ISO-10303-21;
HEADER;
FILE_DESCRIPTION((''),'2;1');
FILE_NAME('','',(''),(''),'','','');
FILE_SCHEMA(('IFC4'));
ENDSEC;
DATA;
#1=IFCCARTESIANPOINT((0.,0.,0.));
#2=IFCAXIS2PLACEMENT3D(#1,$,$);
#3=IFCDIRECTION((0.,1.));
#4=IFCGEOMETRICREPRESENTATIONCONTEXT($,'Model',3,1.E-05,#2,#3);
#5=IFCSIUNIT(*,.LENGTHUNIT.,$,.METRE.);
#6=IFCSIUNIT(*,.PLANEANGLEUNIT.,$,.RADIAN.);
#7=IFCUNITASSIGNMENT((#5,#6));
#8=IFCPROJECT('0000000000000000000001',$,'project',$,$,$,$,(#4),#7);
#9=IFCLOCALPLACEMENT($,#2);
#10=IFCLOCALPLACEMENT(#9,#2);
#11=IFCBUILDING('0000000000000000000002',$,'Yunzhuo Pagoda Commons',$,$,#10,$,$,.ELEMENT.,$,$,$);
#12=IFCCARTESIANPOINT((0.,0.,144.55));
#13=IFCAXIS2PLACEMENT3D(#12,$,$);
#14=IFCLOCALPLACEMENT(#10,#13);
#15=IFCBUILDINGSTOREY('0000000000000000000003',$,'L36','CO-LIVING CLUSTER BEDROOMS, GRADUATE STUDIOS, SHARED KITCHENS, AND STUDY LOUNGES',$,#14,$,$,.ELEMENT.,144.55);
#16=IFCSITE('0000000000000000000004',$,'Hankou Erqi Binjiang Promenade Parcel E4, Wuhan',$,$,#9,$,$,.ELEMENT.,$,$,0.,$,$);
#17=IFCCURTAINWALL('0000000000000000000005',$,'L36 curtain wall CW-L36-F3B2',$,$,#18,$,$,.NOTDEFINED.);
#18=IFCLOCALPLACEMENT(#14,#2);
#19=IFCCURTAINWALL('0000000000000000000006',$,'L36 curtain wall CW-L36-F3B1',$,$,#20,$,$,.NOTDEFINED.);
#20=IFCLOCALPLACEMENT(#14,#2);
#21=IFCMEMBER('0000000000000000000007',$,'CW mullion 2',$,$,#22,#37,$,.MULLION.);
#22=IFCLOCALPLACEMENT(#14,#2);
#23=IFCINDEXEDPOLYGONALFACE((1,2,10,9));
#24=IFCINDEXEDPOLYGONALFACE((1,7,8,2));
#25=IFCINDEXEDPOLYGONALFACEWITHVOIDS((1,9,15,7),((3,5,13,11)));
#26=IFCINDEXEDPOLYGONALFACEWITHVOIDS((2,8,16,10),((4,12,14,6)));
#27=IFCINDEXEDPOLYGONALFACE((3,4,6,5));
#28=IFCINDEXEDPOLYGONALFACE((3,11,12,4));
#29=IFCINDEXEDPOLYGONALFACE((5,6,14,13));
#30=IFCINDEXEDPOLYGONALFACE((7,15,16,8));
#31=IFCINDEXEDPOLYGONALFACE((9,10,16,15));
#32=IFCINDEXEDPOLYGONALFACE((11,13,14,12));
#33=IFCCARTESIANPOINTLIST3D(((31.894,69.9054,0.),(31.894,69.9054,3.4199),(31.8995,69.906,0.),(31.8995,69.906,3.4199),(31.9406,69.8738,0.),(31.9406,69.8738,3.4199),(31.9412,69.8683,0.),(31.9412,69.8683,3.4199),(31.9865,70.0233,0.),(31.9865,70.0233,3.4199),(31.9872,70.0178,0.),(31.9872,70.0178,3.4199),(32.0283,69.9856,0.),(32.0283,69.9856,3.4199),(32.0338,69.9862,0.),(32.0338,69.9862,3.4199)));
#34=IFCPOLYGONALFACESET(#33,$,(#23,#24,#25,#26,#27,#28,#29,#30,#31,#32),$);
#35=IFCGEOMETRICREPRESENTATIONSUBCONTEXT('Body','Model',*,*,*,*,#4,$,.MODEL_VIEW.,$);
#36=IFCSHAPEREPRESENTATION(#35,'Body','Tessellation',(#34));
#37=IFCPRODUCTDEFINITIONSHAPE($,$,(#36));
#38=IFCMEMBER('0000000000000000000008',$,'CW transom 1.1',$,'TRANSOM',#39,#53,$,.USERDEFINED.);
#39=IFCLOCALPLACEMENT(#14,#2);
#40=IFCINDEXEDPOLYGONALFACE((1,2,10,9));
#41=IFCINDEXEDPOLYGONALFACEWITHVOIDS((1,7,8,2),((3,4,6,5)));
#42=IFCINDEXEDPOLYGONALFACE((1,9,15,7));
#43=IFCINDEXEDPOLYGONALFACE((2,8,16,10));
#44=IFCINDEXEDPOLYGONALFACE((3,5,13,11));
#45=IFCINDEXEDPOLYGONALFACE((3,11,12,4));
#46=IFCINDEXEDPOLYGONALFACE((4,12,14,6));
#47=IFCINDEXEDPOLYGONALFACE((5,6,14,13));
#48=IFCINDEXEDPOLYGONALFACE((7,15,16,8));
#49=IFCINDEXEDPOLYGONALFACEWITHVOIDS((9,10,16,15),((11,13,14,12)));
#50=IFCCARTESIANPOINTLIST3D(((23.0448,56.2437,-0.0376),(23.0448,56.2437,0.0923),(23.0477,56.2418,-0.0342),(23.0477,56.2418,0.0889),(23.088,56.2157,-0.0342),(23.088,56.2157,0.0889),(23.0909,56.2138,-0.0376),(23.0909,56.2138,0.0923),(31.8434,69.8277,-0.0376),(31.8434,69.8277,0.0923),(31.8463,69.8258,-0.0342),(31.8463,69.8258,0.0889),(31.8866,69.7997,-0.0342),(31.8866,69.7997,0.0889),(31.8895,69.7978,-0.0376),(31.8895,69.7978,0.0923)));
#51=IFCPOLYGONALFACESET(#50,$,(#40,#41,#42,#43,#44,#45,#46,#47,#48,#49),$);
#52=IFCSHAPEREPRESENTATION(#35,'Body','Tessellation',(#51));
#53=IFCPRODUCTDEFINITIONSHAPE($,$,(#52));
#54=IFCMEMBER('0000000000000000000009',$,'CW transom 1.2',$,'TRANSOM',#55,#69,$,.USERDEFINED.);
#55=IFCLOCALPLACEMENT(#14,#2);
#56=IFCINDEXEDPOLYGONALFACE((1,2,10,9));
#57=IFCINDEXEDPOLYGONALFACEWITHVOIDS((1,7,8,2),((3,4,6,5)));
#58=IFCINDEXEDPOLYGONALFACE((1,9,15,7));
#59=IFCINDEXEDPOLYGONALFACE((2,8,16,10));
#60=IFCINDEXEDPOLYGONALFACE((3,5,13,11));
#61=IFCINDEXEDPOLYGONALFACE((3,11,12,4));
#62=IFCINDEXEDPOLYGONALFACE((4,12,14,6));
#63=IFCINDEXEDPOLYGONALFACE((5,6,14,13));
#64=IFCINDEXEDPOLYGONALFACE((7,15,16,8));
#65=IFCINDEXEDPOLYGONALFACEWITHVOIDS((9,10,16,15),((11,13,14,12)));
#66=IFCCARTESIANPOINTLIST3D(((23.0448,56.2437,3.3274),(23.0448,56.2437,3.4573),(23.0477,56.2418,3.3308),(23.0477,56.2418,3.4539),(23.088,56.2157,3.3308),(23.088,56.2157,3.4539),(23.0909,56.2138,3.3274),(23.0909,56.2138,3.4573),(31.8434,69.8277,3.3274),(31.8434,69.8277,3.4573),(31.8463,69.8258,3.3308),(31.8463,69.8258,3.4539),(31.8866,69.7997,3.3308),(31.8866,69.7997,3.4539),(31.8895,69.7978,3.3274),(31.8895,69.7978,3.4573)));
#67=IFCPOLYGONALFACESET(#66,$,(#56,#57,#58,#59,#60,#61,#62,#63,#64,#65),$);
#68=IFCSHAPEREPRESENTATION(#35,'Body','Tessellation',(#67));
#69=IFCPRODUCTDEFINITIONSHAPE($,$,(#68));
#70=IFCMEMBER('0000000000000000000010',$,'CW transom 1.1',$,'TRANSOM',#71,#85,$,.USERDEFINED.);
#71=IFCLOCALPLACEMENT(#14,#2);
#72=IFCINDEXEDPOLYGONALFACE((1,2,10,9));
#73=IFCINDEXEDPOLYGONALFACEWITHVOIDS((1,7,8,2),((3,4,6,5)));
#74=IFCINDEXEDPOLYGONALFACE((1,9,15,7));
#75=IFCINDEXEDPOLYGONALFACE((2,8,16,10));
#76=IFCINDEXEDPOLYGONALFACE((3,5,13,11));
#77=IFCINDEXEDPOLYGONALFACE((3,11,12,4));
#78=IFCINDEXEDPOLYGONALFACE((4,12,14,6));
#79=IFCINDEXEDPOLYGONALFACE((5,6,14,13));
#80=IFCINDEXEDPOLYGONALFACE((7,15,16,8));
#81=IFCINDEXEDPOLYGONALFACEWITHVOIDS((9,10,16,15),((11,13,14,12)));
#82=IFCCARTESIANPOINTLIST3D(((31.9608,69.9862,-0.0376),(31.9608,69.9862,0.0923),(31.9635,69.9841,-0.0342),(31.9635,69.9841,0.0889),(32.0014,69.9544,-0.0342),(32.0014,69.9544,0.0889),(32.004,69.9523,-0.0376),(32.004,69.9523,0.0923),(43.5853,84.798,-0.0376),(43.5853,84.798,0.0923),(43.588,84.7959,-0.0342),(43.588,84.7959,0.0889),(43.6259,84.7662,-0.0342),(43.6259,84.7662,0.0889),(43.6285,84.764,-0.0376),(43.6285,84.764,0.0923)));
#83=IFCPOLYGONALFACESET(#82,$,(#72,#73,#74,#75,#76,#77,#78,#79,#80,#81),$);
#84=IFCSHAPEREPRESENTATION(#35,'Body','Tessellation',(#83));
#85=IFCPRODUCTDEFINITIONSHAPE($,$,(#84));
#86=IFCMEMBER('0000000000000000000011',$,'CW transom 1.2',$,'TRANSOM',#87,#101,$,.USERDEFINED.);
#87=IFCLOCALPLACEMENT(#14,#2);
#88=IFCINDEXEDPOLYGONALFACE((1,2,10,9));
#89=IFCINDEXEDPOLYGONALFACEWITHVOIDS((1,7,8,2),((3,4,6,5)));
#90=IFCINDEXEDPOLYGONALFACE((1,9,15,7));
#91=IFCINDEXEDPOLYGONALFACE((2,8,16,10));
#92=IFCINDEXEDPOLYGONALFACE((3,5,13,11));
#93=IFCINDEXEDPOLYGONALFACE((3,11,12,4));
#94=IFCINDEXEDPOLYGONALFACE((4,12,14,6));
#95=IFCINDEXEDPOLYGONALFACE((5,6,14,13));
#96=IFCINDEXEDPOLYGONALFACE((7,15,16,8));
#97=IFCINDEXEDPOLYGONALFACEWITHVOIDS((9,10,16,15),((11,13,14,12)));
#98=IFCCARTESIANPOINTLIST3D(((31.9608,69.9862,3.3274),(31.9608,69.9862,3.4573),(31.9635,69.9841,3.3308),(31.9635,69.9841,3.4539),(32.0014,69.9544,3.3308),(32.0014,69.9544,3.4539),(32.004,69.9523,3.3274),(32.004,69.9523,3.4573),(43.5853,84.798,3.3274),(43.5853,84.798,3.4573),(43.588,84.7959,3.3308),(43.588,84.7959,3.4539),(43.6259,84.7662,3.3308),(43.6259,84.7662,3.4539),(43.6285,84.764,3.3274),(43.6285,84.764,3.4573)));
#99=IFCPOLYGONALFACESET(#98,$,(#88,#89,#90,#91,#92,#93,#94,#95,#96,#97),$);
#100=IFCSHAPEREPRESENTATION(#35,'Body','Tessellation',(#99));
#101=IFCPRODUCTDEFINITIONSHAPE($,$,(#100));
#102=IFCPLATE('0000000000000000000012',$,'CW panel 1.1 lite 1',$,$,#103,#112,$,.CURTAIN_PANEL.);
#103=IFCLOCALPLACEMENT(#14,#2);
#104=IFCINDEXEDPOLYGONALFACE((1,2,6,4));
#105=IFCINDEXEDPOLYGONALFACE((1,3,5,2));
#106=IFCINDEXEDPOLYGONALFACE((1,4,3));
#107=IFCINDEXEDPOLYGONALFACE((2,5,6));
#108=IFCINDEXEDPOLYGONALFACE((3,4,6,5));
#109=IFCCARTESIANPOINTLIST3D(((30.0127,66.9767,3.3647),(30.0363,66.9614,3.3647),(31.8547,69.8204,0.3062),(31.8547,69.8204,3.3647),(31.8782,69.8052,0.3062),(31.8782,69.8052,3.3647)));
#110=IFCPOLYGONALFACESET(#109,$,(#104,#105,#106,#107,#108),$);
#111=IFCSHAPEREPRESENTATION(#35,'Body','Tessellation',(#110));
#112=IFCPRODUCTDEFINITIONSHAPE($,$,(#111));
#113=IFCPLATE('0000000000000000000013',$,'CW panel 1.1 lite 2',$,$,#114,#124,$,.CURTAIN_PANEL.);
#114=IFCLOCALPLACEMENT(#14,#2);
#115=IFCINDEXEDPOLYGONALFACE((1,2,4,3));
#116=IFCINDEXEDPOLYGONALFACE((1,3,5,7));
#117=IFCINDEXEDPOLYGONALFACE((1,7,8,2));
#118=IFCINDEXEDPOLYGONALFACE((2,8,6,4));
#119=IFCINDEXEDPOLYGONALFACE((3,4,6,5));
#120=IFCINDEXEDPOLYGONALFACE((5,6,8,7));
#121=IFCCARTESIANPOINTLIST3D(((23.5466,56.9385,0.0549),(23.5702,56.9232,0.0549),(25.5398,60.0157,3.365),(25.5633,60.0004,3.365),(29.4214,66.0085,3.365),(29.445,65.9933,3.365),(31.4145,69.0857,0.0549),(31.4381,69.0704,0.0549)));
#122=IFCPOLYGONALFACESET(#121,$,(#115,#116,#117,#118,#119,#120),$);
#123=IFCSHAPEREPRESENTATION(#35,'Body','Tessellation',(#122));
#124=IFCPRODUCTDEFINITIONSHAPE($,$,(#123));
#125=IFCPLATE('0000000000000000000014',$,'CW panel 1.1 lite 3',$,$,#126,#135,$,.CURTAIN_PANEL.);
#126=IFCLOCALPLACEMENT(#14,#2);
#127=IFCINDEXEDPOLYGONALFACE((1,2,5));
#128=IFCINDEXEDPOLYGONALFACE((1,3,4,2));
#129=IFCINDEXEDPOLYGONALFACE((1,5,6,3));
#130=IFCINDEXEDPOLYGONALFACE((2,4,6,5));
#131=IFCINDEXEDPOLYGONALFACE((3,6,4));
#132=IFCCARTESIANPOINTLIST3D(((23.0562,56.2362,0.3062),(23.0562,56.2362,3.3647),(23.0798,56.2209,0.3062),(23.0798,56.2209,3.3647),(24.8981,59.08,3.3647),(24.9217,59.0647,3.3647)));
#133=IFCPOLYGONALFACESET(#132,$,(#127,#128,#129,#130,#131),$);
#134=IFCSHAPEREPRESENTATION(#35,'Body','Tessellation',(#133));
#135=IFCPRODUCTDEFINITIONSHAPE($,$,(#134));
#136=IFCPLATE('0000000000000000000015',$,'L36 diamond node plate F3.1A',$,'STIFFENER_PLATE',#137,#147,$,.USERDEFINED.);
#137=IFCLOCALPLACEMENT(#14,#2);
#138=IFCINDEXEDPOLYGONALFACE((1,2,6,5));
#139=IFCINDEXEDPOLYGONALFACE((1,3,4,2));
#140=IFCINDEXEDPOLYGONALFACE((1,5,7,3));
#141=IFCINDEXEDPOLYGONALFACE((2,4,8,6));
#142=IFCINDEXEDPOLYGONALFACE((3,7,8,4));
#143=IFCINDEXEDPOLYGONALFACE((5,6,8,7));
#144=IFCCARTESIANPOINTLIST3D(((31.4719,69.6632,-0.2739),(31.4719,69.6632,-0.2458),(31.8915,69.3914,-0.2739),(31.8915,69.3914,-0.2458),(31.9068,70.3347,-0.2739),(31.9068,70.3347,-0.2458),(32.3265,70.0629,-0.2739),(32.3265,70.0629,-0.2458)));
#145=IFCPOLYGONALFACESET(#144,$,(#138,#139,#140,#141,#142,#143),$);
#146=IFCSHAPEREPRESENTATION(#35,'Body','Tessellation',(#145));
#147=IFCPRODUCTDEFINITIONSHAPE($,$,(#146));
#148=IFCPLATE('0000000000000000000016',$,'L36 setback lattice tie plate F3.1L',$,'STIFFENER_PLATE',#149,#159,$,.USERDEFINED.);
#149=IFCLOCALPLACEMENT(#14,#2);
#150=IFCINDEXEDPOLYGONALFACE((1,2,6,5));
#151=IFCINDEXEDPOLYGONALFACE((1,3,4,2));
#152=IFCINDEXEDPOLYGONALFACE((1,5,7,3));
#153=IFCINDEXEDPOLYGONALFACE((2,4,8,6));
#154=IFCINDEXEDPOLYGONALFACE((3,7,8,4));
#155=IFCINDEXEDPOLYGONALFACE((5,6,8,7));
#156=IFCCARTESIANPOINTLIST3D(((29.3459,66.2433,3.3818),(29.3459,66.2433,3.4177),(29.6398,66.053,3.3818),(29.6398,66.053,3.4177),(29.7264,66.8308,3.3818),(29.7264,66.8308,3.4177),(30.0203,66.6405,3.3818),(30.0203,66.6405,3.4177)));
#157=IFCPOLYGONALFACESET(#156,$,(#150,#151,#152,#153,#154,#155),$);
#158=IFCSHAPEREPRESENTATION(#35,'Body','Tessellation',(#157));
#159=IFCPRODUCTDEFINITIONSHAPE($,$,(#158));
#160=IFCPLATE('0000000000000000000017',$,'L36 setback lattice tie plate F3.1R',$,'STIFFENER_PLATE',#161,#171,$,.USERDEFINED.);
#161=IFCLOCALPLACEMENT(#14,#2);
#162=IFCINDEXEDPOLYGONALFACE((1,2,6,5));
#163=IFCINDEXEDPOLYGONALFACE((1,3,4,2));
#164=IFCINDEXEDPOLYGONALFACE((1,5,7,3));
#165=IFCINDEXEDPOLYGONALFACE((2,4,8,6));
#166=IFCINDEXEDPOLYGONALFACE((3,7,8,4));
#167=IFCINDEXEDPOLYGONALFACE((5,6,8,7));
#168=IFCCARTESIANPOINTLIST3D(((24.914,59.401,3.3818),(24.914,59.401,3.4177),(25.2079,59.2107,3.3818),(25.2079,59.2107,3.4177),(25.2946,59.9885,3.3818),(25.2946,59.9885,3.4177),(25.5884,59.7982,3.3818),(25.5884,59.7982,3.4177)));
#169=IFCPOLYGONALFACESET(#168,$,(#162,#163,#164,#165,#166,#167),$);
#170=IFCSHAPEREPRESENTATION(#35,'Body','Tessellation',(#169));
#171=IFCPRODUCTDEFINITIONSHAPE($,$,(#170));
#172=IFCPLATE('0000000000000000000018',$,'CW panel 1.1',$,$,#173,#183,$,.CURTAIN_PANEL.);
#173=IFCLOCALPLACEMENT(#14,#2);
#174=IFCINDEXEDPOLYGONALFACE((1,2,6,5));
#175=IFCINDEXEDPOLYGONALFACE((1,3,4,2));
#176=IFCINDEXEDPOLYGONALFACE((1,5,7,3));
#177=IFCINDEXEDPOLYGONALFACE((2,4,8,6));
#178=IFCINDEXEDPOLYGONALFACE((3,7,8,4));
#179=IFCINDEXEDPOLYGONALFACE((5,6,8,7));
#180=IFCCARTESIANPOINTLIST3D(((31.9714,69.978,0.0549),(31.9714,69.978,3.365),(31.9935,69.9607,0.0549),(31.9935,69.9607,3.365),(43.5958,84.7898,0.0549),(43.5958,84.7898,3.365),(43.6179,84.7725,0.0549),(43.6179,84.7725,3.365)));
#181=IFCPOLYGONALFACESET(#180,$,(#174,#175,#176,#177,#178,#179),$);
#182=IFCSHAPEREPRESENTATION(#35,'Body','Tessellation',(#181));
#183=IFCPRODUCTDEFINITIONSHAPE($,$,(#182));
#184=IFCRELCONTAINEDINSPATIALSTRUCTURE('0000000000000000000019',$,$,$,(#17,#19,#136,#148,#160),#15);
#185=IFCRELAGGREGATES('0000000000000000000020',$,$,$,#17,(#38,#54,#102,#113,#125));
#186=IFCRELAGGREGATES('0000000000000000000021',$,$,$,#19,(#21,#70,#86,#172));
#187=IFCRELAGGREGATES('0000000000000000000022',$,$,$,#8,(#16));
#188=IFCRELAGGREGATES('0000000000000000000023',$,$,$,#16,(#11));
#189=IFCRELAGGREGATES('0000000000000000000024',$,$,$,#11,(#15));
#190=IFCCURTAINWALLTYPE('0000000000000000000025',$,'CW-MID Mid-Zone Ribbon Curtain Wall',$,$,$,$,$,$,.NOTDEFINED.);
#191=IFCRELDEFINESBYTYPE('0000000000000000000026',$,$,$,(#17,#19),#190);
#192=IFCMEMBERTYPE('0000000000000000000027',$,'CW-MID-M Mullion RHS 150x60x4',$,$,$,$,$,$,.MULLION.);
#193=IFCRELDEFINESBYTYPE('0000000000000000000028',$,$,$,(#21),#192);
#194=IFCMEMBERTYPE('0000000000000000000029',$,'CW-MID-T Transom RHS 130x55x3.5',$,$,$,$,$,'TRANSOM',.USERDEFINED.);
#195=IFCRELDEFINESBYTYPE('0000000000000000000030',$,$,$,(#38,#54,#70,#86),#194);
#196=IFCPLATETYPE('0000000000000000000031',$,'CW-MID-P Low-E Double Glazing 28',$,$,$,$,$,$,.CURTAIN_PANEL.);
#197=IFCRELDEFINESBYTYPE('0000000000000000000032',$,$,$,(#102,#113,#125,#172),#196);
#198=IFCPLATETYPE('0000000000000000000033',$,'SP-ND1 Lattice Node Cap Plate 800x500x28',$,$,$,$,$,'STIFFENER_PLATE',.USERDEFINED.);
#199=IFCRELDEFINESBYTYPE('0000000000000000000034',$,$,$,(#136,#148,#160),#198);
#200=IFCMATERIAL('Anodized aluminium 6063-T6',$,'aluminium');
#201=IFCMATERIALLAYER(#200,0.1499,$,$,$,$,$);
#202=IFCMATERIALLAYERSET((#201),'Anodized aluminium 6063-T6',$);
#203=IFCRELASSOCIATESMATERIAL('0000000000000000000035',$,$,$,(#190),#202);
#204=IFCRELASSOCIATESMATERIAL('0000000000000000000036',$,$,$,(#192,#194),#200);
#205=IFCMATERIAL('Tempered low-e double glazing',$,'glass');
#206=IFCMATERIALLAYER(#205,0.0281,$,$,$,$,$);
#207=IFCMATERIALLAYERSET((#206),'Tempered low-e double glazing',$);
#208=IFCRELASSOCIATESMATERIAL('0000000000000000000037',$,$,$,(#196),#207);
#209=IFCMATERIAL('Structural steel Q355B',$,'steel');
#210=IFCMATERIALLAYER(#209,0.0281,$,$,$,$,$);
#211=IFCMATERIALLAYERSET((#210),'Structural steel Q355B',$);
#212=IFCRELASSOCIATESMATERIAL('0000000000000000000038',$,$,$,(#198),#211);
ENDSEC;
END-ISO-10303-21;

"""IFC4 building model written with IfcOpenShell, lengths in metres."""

from ifc_helpers import new_model, si_unit, direction, frame, origin, origin_2d, place, context, subcontext, project, spatial, polyline, rectangle, hollow_rectangle, outline, extrude, source, transform, mapped, material, layer, layer_set, material_profile, profile_set, type_object, element, aggregate, save


model = new_model("IFC4")

# Units and contexts
model_context = context("Model", 3, precision=1e-05, world=origin(), true_north=direction((0.0, 1.0)))
body_context = subcontext(model_context, "Body", "Model", "MODEL_VIEW")
ifc_project = project(units=[si_unit("LENGTHUNIT", "METRE"), si_unit("PLANEANGLEUNIT", "RADIAN")], contexts=[model_context])

# Site, building, storey
site_placement = place(None, origin())
site = spatial("IfcSite", under=ifc_project, at=site_placement, Name="Hankou Erqi Binjiang Promenade Parcel E4, Wuhan", CompositionType="ELEMENT", RefElevation=0.0)
building_placement = place(site_placement, origin())
building = spatial("IfcBuilding", under=site, at=building_placement, Name="Yunzhuo Pagoda Commons", CompositionType="ELEMENT")
storey_placement = place(building_placement, frame((0.0, 0.0, 144.55)))
storey = spatial("IfcBuildingStorey", under=building, at=storey_placement, Name="L36", Description="CO-LIVING CLUSTER BEDROOMS, GRADUATE STUDIOS, SHARED KITCHENS, AND STUDY LOUNGES", CompositionType="ELEMENT", Elevation=144.55)

# Shared definitions
ifc_material_1 = material(Name="Structural steel Q355B", Category="steel")

# Curtain wall
ifc_material_2 = material(Name="Anodized aluminium 6063-T6", Category="aluminium")
ifc_layer_1 = layer(ifc_material_2, 0.1499)
ifc_layer_set_1 = layer_set([ifc_layer_1], Name="Anodized aluminium 6063-T6")
curtain_wall_type = type_object("IfcCurtainWallType", Name="CW-MID Mid-Zone Ribbon Curtain Wall", PredefinedType="NOTDEFINED", material=ifc_layer_set_1)
curtain_wall_1_placement = place(storey_placement, origin())
curtain_wall_1 = element("IfcCurtainWall", 1, at=curtain_wall_1_placement, inside=storey, type_object=curtain_wall_type, Name="L36 curtain wall CW-L36-F3B2", PredefinedType="NOTDEFINED")
ifc_material_profile_1 = material_profile(ifc_material_2, hollow_rectangle(XDim=0.0601, YDim=0.1499, WallThickness=0.0039, at=origin_2d()), Name="Anodized aluminium 6063-T6")
ifc_profile_set_1 = profile_set([ifc_material_profile_1], Name="Anodized aluminium 6063-T6")
member_type_1 = type_object("IfcMemberType", Name="CW-MID-M Mullion RHS 150x60x4", PredefinedType="MULLION", material=ifc_profile_set_1)
shared_shape_1 = source(origin(), body_context, "Body", "SweptSolid", [
    extrude(hollow_rectangle(XDim=0.0601, YDim=0.1499, WallThickness=0.0039, at=origin_2d()), origin(), (0.0, 0.0, 1.0), 3.4199),
])

# Curtain wall, member
curtain_wall_2_placement = place(storey_placement, origin())
curtain_wall_2 = element("IfcCurtainWall", 2, at=curtain_wall_2_placement, inside=storey, type_object=curtain_wall_type, Name="L36 curtain wall CW-L36-F3B1", PredefinedType="NOTDEFINED")
member_1_placement = place(storey_placement, frame((31.9639, 69.9458, 0.0), z_axis=(0.0, 0.0, 1.0), x_axis=(0.786665, -0.61738, 0.0)))
member_1 = element("IfcMember", 3, at=member_1_placement, type_object=member_type_1, Name="CW mullion 2", PredefinedType="MULLION", context=body_context, shape_type="MappedRepresentation", body=[
    mapped(shared_shape_1, transform((0.0, 0.0, 0.0), scale=1.0)),
])

# Members
ifc_material_profile_2 = material_profile(ifc_material_2, hollow_rectangle(XDim=0.0549, YDim=0.1299, WallThickness=0.0034, at=origin_2d()), Name="Anodized aluminium 6063-T6")
ifc_profile_set_2 = profile_set([ifc_material_profile_2], Name="Anodized aluminium 6063-T6")
member_type_2 = type_object("IfcMemberType", Name="CW-MID-T Transom RHS 130x55x3.5", ElementType="TRANSOM", PredefinedType="USERDEFINED", material=ifc_profile_set_2)
shared_shape_2 = source(origin(), body_context, "Body", "SweptSolid", [
    extrude(hollow_rectangle(XDim=0.0549, YDim=0.1299, WallThickness=0.0034, at=origin_2d()), origin(), (0.0, 0.0, 1.0), 16.1846),
])
member_2_placement = place(storey_placement, frame((31.8665, 69.8127, 0.0273), z_axis=(-0.543641, -0.839318, 0.0), x_axis=(0.839318, -0.543641, 0.0)))
member_2 = element("IfcMember", 4, at=member_2_placement, type_object=member_type_2, Name="CW transom 1.1", ObjectType="TRANSOM", PredefinedType="USERDEFINED", context=body_context, shape_type="MappedRepresentation", body=[
    mapped(shared_shape_2, transform((0.0, 0.0, 0.0), scale=1.0)),
])
member_3_placement = place(storey_placement, frame((31.8665, 69.8127, 3.3923), z_axis=(-0.543641, -0.839318, 0.0), x_axis=(0.839318, -0.543641, 0.0)))
member_3 = element("IfcMember", 5, at=member_3_placement, type_object=member_type_2, Name="CW transom 1.2", ObjectType="TRANSOM", PredefinedType="USERDEFINED", context=body_context, shape_type="MappedRepresentation", body=[
    mapped(shared_shape_2, transform((0.0, 0.0, 0.0), scale=1.0)),
])
shared_shape_3 = source(origin(), body_context, "Body", "SweptSolid", [
    extrude(hollow_rectangle(XDim=0.0549, YDim=0.1299, WallThickness=0.0034, at=origin_2d()), origin(), (0.0, 0.0, 1.0), 18.8286),
])
member_4_placement = place(storey_placement, frame((43.6069, 84.781, 0.0273), z_axis=(-0.617385, -0.786662, 0.0), x_axis=(0.786662, -0.617385, 0.0)))
member_4 = element("IfcMember", 6, at=member_4_placement, type_object=member_type_2, Name="CW transom 1.1", ObjectType="TRANSOM", PredefinedType="USERDEFINED", context=body_context, shape_type="MappedRepresentation", body=[
    mapped(shared_shape_3, transform((0.0, 0.0, 0.0), scale=1.0)),
])
member_5_placement = place(storey_placement, frame((43.6069, 84.781, 3.3923), z_axis=(-0.617385, -0.786662, 0.0), x_axis=(0.786662, -0.617385, 0.0)))
member_5 = element("IfcMember", 7, at=member_5_placement, type_object=member_type_2, Name="CW transom 1.2", ObjectType="TRANSOM", PredefinedType="USERDEFINED", context=body_context, shape_type="MappedRepresentation", body=[
    mapped(shared_shape_3, transform((0.0, 0.0, 0.0), scale=1.0)),
])

# Plates
ifc_material_3 = material(Name="Tempered low-e double glazing", Category="glass")
ifc_layer_2 = layer(ifc_material_3, 0.0281)
ifc_layer_set_2 = layer_set([ifc_layer_2], Name="Tempered low-e double glazing")
plate_type_1 = type_object("IfcPlateType", Name="CW-MID-P Low-E Double Glazing 28", PredefinedType="CURTAIN_PANEL", material=ifc_layer_set_2)
plate_1_placement = place(storey_placement, frame((30.9573, 68.3833, 1.8354), z_axis=(-0.83932, 0.543637, 0.0), x_axis=(-0.543637, -0.83932, 0.0)))
plate_1 = element("IfcPlate", 8, at=plate_1_placement, type_object=plate_type_1, Name="CW panel 1.1 lite 1", PredefinedType="CURTAIN_PANEL", context=body_context, shape_type="SweptSolid", body=[
    extrude(outline(polyline([(-1.6941, -1.5293), (1.6941, 1.5293), (-1.6941, 1.5293), (-1.6941, -1.5293)])), origin(), (0.0, 0.0, 1.0), 0.0281),
])
plate_2_placement = place(storey_placement, frame((27.5042, 62.9968, 1.71), z_axis=(-0.83932, 0.543637, 0.0), x_axis=(-0.543637, -0.83932, 0.0)))
plate_2 = element("IfcPlate", 9, at=plate_2_placement, type_object=plate_type_1, Name="CW panel 1.1 lite 2", PredefinedType="CURTAIN_PANEL", context=body_context, shape_type="SweptSolid", body=[
    extrude(outline(polyline([(-7.2363, -1.655), (7.2363, -1.655), (3.5701, 1.655), (-3.5701, 1.655), (-7.2363, -1.655)])), origin(), (0.0, 0.0, 1.0), 0.0281),
])
plate_3_placement = place(storey_placement, frame((24.0007, 57.6428, 1.8354), z_axis=(-0.83932, 0.543637, 0.0), x_axis=(-0.543637, -0.83932, 0.0)))
plate_3 = element("IfcPlate", 10, at=plate_3_placement, type_object=plate_type_1, Name="CW panel 1.1 lite 3", PredefinedType="CURTAIN_PANEL", context=body_context, shape_type="SweptSolid", body=[
    extrude(outline(polyline([(-1.6941, 1.5293), (1.6941, -1.5293), (1.6941, 1.5293), (-1.6941, 1.5293)])), origin(), (0.0, 0.0, 1.0), 0.0281),
])
aggregate(curtain_wall_1, [member_2, member_3, plate_1, plate_2, plate_3])

# Plates
ifc_layer_3 = layer(ifc_material_1, 0.0281)
ifc_layer_set_3 = layer_set([ifc_layer_3], Name="Structural steel Q355B")
plate_type_2 = type_object("IfcPlateType", Name="SP-ND1 Lattice Node Cap Plate 800x500x28", ElementType="STIFFENER_PLATE", PredefinedType="USERDEFINED", material=ifc_layer_set_3)
shared_shape_4 = source(origin(), body_context, "Body", "SweptSolid", [
    extrude(rectangle(XDim=0.8, YDim=0.5, at=origin_2d()), origin(), (0.0, 0.0, 1.0), 0.0281),
])
plate_4_placement = place(storey_placement, frame((31.8992, 69.863, -0.2739), z_axis=(0.0, 0.0, 1.0), x_axis=(-0.543643, -0.839316, 0.0)))
element("IfcPlate", 11, at=plate_4_placement, inside=storey, type_object=plate_type_2, Name="L36 diamond node plate F3.1A", ObjectType="STIFFENER_PLATE", PredefinedType="USERDEFINED", context=body_context, shape_type="MappedRepresentation", body=[
    mapped(shared_shape_4, transform((0.0, 0.0, 0.0), scale=1.0)),
])
shared_shape_5 = source(origin(), body_context, "Body", "SweptSolid", [
    extrude(rectangle(XDim=0.7, YDim=0.3501, at=origin_2d()), origin(), (0.0, 0.0, 1.0), 0.0359),
])
for number, where, z_axis, x_axis, name in (
    (12, (29.6831, 66.4419, 3.3818), (0.0, 0.0, 1.0), (-0.543643, -0.839316, 0.0), "L36 setback lattice tie plate F3.1L"),
    (13, (25.2512, 59.5996, 3.3818), (0.0, 0.0, 1.0), (-0.543643, -0.839316, 0.0), "L36 setback lattice tie plate F3.1R"),
):
    element("IfcPlate", number, at=place(storey_placement, frame(where, z_axis=z_axis, x_axis=x_axis)), inside=storey, type_object=plate_type_2, Name=name, ObjectType="STIFFENER_PLATE", PredefinedType="USERDEFINED", context=body_context, shape_type="MappedRepresentation", body=[
        mapped(shared_shape_5, transform((0.0, 0.0, 0.0), scale=1.0)),
    ])

# Plate
shared_shape_6 = source(origin(), body_context, "Body", "SweptSolid", [
    extrude(rectangle(XDim=18.8286, YDim=0.0281, at=origin_2d()), origin(), (0.0, 0.0, 1.0), 3.3101),
])
plate_5_placement = place(storey_placement, frame((37.7947, 77.3752, 0.0549), z_axis=(0.0, 0.0, 1.0), x_axis=(-0.61738, -0.786665, 0.0)))
plate_5 = element("IfcPlate", 14, at=plate_5_placement, type_object=plate_type_1, Name="CW panel 1.1", PredefinedType="CURTAIN_PANEL", context=body_context, shape_type="MappedRepresentation", body=[
    mapped(shared_shape_6, transform((0.0, 0.0, 0.0), scale=1.0)),
])
aggregate(curtain_wall_2, [member_1, member_4, member_5, plate_5])

save(model, "model.ifc")
